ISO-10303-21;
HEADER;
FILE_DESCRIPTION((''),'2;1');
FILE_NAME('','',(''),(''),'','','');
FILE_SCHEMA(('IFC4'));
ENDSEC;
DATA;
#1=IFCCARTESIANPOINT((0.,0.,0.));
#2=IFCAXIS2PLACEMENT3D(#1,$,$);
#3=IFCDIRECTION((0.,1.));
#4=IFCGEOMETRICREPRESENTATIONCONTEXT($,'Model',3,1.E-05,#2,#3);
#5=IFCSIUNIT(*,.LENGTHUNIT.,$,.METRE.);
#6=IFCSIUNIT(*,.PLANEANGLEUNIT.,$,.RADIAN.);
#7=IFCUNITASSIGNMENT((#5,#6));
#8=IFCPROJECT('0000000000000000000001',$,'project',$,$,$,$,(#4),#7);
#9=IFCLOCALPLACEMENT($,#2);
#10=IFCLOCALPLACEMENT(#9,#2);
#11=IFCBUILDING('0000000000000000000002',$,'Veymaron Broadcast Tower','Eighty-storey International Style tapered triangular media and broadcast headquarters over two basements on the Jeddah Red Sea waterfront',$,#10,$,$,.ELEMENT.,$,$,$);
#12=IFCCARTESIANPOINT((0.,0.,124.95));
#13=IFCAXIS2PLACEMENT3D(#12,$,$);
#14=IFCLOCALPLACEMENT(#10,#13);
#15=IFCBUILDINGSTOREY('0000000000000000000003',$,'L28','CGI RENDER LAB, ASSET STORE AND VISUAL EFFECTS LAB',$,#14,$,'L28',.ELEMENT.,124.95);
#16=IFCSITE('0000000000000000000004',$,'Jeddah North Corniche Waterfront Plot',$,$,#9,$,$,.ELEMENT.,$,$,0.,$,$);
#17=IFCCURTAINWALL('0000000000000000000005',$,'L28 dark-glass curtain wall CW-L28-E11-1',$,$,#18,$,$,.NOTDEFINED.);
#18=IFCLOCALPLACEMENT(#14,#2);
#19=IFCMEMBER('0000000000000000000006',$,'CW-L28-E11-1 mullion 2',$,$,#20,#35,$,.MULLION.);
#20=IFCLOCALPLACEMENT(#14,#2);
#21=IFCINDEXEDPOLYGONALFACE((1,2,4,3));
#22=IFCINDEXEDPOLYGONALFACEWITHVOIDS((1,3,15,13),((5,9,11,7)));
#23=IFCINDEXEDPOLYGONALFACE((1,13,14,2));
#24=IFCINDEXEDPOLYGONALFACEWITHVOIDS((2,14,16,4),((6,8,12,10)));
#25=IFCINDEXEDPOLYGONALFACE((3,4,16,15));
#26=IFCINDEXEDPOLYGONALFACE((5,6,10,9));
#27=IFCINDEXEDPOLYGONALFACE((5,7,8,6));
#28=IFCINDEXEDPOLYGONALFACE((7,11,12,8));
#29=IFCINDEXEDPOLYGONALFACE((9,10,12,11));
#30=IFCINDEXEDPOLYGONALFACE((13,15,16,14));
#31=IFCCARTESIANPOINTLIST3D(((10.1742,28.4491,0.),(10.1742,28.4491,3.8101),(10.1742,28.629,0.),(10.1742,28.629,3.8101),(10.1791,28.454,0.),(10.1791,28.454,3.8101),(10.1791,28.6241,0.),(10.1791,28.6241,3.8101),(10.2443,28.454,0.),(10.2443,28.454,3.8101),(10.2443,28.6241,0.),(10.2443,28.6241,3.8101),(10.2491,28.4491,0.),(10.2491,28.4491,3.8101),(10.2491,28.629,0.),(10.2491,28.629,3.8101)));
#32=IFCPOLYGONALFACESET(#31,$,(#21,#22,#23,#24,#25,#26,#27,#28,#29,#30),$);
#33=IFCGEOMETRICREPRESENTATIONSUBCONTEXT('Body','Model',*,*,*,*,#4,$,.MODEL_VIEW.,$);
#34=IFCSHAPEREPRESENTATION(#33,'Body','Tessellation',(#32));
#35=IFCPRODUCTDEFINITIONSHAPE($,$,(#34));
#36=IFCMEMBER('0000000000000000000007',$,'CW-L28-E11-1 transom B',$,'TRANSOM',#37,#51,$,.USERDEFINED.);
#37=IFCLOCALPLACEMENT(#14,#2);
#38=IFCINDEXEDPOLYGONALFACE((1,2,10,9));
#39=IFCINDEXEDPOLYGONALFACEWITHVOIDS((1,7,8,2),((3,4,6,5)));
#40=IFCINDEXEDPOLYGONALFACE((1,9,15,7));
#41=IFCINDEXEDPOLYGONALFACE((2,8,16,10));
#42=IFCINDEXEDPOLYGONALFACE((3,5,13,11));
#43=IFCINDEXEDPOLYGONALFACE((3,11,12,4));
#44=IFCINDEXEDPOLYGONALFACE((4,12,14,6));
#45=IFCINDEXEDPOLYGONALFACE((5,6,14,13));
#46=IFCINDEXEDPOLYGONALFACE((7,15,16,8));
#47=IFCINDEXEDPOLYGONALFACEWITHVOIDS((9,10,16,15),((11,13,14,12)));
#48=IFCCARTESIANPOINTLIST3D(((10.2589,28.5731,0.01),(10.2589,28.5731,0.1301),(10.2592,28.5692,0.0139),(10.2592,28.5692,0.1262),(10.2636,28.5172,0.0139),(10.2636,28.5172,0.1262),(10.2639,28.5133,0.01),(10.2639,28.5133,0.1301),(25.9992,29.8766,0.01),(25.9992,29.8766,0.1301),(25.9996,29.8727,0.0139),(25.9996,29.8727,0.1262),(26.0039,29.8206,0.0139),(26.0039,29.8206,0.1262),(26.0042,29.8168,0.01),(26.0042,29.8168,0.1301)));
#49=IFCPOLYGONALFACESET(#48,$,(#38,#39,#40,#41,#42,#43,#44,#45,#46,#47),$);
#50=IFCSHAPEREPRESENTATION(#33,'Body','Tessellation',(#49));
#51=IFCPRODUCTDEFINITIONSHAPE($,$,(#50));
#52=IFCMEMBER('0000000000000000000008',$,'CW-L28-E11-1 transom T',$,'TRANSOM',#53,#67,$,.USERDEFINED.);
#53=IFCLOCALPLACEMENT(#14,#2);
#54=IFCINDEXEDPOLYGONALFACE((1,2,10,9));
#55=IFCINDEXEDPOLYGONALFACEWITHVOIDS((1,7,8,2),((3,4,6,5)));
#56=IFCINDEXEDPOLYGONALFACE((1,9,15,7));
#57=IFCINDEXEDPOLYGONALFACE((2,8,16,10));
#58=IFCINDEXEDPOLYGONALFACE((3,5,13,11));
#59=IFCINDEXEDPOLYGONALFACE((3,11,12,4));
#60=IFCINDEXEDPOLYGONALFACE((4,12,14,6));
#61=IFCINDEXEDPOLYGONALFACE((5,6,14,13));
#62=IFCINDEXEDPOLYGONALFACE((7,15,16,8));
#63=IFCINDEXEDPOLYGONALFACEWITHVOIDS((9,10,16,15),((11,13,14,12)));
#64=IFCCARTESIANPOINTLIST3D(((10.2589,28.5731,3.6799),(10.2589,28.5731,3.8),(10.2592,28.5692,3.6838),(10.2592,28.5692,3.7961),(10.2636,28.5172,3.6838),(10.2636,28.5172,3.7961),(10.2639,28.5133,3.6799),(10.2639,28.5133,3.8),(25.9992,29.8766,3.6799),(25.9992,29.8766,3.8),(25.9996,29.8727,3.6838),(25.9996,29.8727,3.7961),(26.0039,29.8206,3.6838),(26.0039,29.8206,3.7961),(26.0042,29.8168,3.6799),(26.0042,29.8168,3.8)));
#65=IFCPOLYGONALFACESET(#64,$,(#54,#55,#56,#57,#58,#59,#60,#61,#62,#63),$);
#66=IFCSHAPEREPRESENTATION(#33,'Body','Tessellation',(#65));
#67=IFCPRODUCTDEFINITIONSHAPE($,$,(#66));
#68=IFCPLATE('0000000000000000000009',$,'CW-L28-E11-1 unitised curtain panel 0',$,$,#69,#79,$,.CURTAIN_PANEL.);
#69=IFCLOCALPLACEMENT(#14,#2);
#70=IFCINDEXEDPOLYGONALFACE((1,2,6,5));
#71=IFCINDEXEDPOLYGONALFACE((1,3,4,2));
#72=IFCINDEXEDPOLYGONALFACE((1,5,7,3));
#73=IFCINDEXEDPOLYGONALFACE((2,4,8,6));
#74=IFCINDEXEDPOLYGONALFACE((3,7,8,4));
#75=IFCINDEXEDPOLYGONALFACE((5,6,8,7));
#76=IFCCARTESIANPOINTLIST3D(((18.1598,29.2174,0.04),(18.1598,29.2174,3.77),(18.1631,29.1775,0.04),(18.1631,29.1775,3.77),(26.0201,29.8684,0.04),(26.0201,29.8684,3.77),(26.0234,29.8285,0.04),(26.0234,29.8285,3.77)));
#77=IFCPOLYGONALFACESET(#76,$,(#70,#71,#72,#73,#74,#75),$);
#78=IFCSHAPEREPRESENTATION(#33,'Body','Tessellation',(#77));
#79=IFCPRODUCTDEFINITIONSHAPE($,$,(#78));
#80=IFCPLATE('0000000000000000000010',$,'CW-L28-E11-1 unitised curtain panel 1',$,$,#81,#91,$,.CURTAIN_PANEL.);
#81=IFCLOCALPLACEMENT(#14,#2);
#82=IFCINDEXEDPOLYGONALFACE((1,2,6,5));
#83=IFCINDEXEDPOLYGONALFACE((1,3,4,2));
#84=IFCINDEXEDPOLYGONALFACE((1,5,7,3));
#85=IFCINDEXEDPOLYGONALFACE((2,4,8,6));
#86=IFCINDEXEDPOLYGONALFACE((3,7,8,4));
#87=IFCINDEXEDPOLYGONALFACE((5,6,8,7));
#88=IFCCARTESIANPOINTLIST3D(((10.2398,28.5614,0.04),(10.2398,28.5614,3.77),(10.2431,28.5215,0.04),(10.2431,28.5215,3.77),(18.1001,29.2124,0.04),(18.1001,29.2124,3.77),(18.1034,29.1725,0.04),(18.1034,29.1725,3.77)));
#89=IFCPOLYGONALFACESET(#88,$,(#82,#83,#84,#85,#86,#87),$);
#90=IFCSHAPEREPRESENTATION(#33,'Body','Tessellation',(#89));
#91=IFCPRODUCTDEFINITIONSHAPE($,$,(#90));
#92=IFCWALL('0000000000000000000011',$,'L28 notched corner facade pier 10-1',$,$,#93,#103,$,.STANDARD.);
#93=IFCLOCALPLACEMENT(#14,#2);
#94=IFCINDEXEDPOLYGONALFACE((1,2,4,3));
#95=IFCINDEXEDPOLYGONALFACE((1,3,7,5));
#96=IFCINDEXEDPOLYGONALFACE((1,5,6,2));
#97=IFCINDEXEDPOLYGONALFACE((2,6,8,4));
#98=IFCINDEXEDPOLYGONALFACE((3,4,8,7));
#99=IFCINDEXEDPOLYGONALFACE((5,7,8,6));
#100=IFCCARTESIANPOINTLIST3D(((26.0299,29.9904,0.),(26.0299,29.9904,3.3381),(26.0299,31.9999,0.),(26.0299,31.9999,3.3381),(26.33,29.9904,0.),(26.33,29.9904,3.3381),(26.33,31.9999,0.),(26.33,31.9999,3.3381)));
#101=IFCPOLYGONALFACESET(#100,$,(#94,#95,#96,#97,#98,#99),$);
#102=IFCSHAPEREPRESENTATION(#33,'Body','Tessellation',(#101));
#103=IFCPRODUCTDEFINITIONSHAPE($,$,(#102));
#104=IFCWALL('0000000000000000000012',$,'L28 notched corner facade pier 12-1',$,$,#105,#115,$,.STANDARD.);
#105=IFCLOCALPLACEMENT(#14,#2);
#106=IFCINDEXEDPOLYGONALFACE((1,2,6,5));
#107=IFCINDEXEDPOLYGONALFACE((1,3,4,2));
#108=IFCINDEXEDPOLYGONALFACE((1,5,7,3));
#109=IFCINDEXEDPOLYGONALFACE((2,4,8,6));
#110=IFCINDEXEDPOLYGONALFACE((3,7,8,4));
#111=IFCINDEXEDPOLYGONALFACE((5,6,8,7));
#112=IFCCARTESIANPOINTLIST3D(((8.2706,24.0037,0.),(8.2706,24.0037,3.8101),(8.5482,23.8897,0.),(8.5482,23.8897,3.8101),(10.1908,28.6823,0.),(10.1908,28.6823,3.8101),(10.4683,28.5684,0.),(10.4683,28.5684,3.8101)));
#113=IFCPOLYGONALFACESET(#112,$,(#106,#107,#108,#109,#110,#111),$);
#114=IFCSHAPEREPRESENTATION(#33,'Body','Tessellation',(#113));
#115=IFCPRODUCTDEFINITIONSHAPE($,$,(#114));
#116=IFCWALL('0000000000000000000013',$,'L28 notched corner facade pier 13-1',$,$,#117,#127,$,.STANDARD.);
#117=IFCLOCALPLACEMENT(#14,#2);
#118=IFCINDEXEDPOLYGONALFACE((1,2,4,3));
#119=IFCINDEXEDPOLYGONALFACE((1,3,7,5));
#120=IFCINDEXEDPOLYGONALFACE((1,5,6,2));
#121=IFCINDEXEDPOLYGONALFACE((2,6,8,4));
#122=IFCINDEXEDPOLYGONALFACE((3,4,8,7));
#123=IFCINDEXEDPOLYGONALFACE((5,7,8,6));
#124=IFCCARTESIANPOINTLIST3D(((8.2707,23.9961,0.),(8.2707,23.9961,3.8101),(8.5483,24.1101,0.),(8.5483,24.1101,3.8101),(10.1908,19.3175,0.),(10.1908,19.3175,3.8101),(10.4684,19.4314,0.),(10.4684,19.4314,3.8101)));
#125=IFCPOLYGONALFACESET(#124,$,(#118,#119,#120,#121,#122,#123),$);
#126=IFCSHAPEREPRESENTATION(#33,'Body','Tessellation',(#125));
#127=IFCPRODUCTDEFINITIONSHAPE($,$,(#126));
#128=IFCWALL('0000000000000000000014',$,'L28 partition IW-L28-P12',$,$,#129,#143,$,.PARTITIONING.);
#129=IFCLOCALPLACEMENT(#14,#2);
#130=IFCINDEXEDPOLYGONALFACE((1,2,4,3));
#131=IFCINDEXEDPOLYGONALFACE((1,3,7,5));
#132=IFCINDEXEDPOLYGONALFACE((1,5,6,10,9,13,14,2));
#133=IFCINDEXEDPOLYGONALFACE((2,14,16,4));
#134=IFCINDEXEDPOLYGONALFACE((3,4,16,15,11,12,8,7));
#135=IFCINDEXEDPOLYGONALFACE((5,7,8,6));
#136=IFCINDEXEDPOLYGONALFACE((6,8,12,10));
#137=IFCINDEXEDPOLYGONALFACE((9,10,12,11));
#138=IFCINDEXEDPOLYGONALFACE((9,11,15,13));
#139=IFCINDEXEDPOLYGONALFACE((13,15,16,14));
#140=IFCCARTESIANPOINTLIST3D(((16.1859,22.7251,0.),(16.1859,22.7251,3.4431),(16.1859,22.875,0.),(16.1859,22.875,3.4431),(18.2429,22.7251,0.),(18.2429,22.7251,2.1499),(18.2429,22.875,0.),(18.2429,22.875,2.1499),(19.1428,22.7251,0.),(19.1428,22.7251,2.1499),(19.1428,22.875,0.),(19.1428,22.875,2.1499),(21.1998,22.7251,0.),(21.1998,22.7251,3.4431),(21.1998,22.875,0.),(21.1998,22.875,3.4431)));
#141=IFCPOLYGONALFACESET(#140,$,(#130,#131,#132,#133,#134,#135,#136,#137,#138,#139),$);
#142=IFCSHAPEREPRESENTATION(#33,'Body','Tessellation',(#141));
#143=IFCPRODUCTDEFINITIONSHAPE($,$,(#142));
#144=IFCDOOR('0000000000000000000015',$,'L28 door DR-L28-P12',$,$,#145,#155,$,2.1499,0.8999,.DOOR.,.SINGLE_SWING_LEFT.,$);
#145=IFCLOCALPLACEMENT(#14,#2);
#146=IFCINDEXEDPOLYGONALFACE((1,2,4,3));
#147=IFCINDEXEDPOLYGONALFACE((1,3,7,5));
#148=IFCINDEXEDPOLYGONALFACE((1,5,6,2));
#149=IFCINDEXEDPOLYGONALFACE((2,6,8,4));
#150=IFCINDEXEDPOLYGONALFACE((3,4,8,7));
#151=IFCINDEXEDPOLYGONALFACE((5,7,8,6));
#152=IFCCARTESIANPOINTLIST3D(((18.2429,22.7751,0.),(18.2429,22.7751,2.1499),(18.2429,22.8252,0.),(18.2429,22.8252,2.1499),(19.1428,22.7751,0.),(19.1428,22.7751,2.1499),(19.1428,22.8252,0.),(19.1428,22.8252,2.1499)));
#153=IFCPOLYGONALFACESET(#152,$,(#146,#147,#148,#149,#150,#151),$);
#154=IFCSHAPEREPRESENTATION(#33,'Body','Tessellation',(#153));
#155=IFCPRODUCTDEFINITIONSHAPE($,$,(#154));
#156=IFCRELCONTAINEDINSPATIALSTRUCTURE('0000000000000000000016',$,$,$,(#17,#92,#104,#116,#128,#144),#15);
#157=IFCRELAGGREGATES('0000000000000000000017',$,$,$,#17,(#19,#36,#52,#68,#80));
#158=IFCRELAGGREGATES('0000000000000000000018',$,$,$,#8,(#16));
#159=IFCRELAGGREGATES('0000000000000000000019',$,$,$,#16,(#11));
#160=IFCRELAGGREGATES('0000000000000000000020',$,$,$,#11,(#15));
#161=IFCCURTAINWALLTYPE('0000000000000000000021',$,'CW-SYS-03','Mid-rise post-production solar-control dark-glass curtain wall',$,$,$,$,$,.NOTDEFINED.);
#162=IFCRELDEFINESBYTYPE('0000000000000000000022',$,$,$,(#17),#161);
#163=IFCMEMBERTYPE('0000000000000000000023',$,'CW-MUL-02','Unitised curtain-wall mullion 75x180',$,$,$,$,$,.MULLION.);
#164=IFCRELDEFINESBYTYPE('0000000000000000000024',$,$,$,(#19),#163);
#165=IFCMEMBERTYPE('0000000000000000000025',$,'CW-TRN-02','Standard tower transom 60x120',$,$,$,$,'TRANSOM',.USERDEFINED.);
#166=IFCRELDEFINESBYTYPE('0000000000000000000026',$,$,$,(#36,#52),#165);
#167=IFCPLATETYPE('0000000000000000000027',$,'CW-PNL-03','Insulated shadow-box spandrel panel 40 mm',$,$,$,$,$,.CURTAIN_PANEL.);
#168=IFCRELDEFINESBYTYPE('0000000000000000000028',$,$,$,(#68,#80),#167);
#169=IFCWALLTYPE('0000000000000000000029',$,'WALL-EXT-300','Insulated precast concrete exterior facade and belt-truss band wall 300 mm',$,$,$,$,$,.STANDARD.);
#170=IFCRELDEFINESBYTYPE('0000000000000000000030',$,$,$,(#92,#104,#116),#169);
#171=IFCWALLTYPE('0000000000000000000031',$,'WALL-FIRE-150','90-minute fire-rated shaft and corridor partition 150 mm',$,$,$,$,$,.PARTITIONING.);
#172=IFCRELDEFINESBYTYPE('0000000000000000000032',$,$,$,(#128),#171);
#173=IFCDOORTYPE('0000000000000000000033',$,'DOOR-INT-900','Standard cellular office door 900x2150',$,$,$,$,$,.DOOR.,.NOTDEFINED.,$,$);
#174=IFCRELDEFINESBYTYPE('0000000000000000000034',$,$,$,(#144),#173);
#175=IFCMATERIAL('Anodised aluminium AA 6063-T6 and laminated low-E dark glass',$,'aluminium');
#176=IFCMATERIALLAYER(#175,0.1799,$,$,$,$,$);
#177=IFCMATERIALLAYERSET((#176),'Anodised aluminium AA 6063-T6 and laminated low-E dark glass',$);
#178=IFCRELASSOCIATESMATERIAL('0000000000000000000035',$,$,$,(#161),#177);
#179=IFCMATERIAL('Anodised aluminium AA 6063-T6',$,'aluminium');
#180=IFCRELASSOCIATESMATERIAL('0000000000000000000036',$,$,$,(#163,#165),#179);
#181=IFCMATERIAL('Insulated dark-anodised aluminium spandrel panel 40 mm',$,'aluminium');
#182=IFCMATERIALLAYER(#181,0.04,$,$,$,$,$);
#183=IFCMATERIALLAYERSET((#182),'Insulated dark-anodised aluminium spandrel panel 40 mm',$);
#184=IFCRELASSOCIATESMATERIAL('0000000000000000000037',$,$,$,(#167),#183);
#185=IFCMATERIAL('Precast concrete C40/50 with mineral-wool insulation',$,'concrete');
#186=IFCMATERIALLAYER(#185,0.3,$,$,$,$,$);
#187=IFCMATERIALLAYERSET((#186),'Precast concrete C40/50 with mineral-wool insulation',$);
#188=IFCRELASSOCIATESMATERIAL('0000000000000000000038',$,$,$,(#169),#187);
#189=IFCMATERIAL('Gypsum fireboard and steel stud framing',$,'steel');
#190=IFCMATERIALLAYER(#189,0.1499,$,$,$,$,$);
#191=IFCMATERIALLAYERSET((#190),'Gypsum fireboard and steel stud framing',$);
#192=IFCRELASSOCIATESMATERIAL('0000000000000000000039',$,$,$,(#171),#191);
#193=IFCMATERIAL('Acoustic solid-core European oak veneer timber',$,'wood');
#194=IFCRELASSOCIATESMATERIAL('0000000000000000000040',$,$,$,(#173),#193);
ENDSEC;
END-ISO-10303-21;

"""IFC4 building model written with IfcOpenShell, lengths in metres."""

from ifc_helpers import new_model, si_unit, direction, frame, frame_2d, origin, origin_2d, place, context, subcontext, project, spatial, rectangle, hollow_rectangle, extrude, material, layer, layer_set, material_profile, profile_set, type_object, element, fill, aggregate, save


model = new_model("IFC4")

# Units and contexts
model_context = context("Model", 3, precision=1e-05, world=origin(), true_north=direction((0.0, 1.0)))
body_context = subcontext(model_context, "Body", "Model", "MODEL_VIEW")
ifc_project = project(units=[si_unit("LENGTHUNIT", "METRE"), si_unit("PLANEANGLEUNIT", "RADIAN")], contexts=[model_context])

# Site, building, storey
site_placement = place(None, origin())
site = spatial("IfcSite", under=ifc_project, at=site_placement, Name="Jeddah North Corniche Waterfront Plot", CompositionType="ELEMENT", RefElevation=0.0)
building_placement = place(site_placement, origin())
building = spatial("IfcBuilding", under=site, at=building_placement, Name="Veymaron Broadcast Tower", Description="Eighty-storey International Style tapered triangular media and broadcast headquarters over two basements on the Jeddah Red Sea waterfront", CompositionType="ELEMENT")
storey_placement = place(building_placement, frame((0.0, 0.0, 124.95)))
storey = spatial("IfcBuildingStorey", under=building, at=storey_placement, Name="L28", Description="CGI RENDER LAB, ASSET STORE AND VISUAL EFFECTS LAB", LongName="L28", CompositionType="ELEMENT", Elevation=124.95)

# Curtain wall, members, plates
ifc_material_1 = material(Name="Anodised aluminium AA 6063-T6 and laminated low-E dark glass", Category="aluminium")
ifc_layer_1 = layer(ifc_material_1, 0.1799)
ifc_layer_set_1 = layer_set([ifc_layer_1], Name="Anodised aluminium AA 6063-T6 and laminated low-E dark glass")
curtain_wall_type = type_object("IfcCurtainWallType", Name="CW-SYS-03", Description="Mid-rise post-production solar-control dark-glass curtain wall", PredefinedType="NOTDEFINED", material=ifc_layer_set_1)
curtain_wall_placement = place(storey_placement, origin())
curtain_wall = element("IfcCurtainWall", 1, at=curtain_wall_placement, inside=storey, type_object=curtain_wall_type, Name="L28 dark-glass curtain wall CW-L28-E11-1", PredefinedType="NOTDEFINED")
ifc_material_2 = material(Name="Anodised aluminium AA 6063-T6", Category="aluminium")
ifc_material_profile_1 = material_profile(ifc_material_2, hollow_rectangle(XDim=0.075, YDim=0.1799, WallThickness=0.0049, at=origin_2d()), Name="AL180X75X5")
ifc_profile_set_1 = profile_set([ifc_material_profile_1], Name="Anodised aluminium AA 6063-T6")
member_type_1 = type_object("IfcMemberType", Name="CW-MUL-02", Description="Unitised curtain-wall mullion 75x180", PredefinedType="MULLION", material=ifc_profile_set_1)
member_1_placement = place(storey_placement, frame((10.2117, 28.5391, 0.0), z_axis=(0.0, 0.0, 1.0), x_axis=(1.0, 0.0, 0.0)))
member_1 = element("IfcMember", 2, at=member_1_placement, type_object=member_type_1, Name="CW-L28-E11-1 mullion 2", PredefinedType="MULLION", context=body_context, shape_type="SweptSolid", body=[
    extrude(hollow_rectangle(XDim=0.075, YDim=0.1799, WallThickness=0.0049, at=origin_2d()), origin(), (0.0, 0.0, 1.0), 3.8101),
])
ifc_material_profile_2 = material_profile(ifc_material_2, hollow_rectangle(XDim=0.0601, YDim=0.1201, WallThickness=0.0039, at=origin_2d()), Name="AL120X60X4")
ifc_profile_set_2 = profile_set([ifc_material_profile_2], Name="Anodised aluminium AA 6063-T6")
member_type_2 = type_object("IfcMemberType", Name="CW-TRN-02", Description="Standard tower transom 60x120", ElementType="TRANSOM", PredefinedType="USERDEFINED", material=ifc_profile_set_2)
member_2_placement = place(storey_placement, frame((26.0017, 29.8467, 0.0701), z_axis=(-0.996589, -0.082529, 0.0), x_axis=(0.082529, -0.996589, 0.0)))
member_2 = element("IfcMember", 3, at=member_2_placement, type_object=member_type_2, Name="CW-L28-E11-1 transom B", ObjectType="TRANSOM", PredefinedType="USERDEFINED", context=body_context, shape_type="SweptSolid", body=[
    extrude(hollow_rectangle(XDim=0.0601, YDim=0.1201, WallThickness=0.0039, at=origin_2d()), origin(), (0.0, 0.0, 1.0), 15.7942),
])
member_3_placement = place(storey_placement, frame((26.0017, 29.8467, 3.74), z_axis=(-0.996589, -0.082529, 0.0), x_axis=(0.082529, -0.996589, 0.0)))
member_3 = element("IfcMember", 4, at=member_3_placement, type_object=member_type_2, Name="CW-L28-E11-1 transom T", ObjectType="TRANSOM", PredefinedType="USERDEFINED", context=body_context, shape_type="SweptSolid", body=[
    extrude(hollow_rectangle(XDim=0.0601, YDim=0.1201, WallThickness=0.0039, at=origin_2d()), origin(), (0.0, 0.0, 1.0), 15.7942),
])
ifc_material_3 = material(Name="Insulated dark-anodised aluminium spandrel panel 40 mm", Category="aluminium")
ifc_layer_2 = layer(ifc_material_3, 0.04)
ifc_layer_set_2 = layer_set([ifc_layer_2], Name="Insulated dark-anodised aluminium spandrel panel 40 mm")
plate_type = type_object("IfcPlateType", Name="CW-PNL-03", Description="Insulated shadow-box spandrel panel 40 mm", PredefinedType="CURTAIN_PANEL", material=ifc_layer_set_2)
plate_1_placement = place(storey_placement, frame((22.0916, 29.5229, 0.04), z_axis=(0.0, 0.0, 1.0), x_axis=(-0.996589, -0.08253, 0.0)))
plate_1 = element("IfcPlate", 5, at=plate_1_placement, type_object=plate_type, Name="CW-L28-E11-1 unitised curtain panel 0", PredefinedType="CURTAIN_PANEL", context=body_context, shape_type="SweptSolid", body=[
    extrude(rectangle(XDim=7.8872, YDim=0.04, at=origin_2d()), origin(), (0.0, 0.0, 1.0), 3.73),
])
plate_2_placement = place(storey_placement, frame((14.1716, 28.8669, 0.04), z_axis=(0.0, 0.0, 1.0), x_axis=(-0.996589, -0.08253, 0.0)))
plate_2 = element("IfcPlate", 6, at=plate_2_placement, type_object=plate_type, Name="CW-L28-E11-1 unitised curtain panel 1", PredefinedType="CURTAIN_PANEL", context=body_context, shape_type="SweptSolid", body=[
    extrude(rectangle(XDim=7.8872, YDim=0.04, at=origin_2d()), origin(), (0.0, 0.0, 1.0), 3.73),
])
aggregate(curtain_wall, [member_1, member_2, member_3, plate_1, plate_2])

# Walls
ifc_material_4 = material(Name="Precast concrete C40/50 with mineral-wool insulation", Category="concrete")
ifc_layer_3 = layer(ifc_material_4, 0.3)
ifc_layer_set_3 = layer_set([ifc_layer_3], Name="Precast concrete C40/50 with mineral-wool insulation")
wall_type_1 = type_object("IfcWallType", Name="WALL-EXT-300", Description="Insulated precast concrete exterior facade and belt-truss band wall 300 mm", PredefinedType="STANDARD", material=ifc_layer_set_3)
wall_1_placement = place(storey_placement, frame((26.1799, 32.0, 0.0), z_axis=(0.0, 0.0, 1.0), x_axis=(0.0, -1.0, 0.0)))
element("IfcWall", 7, at=wall_1_placement, inside=storey, type_object=wall_type_1, Name="L28 notched corner facade pier 10-1", PredefinedType="STANDARD", context=body_context, shape_type="SweptSolid", body=[
    extrude(rectangle(XDim=2.0095, YDim=0.3, at=frame_2d((1.0049, 0.0))), origin(), (0.0, 0.0, 1.0), 3.3381),
])
for number, where, z_axis, x_axis, name in (
    (8, (10.3296, 28.6255, 0.0), (0.0, 0.0, 1.0), (-0.379674, -0.92512, 0.0), "L28 notched corner facade pier 12-1"),
    (9, (8.4094, 24.0532, 0.0), (0.0, 0.0, 1.0), (0.379674, -0.92512, 0.0), "L28 notched corner facade pier 13-1"),
):
    element("IfcWall", number, at=place(storey_placement, frame(where, z_axis=z_axis, x_axis=x_axis)), inside=storey, type_object=wall_type_1, Name=name, PredefinedType="STANDARD", context=body_context, shape_type="SweptSolid", body=[
        extrude(rectangle(XDim=5.0574, YDim=0.3, at=frame_2d((2.5288, 0.0))), origin(), (0.0, 0.0, 1.0), 3.8101),
    ])

# Wall, opening, door
ifc_material_5 = material(Name="Gypsum fireboard and steel stud framing", Category="steel")
ifc_layer_4 = layer(ifc_material_5, 0.1499)
ifc_layer_set_4 = layer_set([ifc_layer_4], Name="Gypsum fireboard and steel stud framing")
wall_type_2 = type_object("IfcWallType", Name="WALL-FIRE-150", Description="90-minute fire-rated shaft and corridor partition 150 mm", PredefinedType="PARTITIONING", material=ifc_layer_set_4)
wall_2_placement = place(storey_placement, frame((16.186, 22.8, 0.0), z_axis=(0.0, 0.0, 1.0), x_axis=(1.0, 0.0, 0.0)))
wall_2 = element("IfcWall", 10, at=wall_2_placement, inside=storey, type_object=wall_type_2, Name="L28 partition IW-L28-P12", PredefinedType="PARTITIONING", context=body_context, shape_type="SweptSolid", body=[
    extrude(rectangle(XDim=5.0139, YDim=0.1499, at=frame_2d((2.5068, 0.0))), origin(), (0.0, 0.0, 1.0), 3.4431),
])
opening_1_placement = place(wall_2_placement, frame((2.0569, 0.0, 0.0)))
opening_1 = element("IfcOpeningElement", 11, at=opening_1_placement, cuts=wall_2, PredefinedType="OPENING", context=body_context, shape_type="SweptSolid", body=[
    extrude(rectangle(XDim=0.8999, YDim=2.1499, at=frame_2d((0.45, 1.075))), frame((0.0, 0.085, 0.0), z_axis=(0.0, -1.0, 0.0), x_axis=(1.0, 0.0, 0.0)), (0.0, 0.0, 1.0), 0.1699),
])
ifc_material_6 = material(Name="Acoustic solid-core European oak veneer timber", Category="wood")
door_type = type_object("IfcDoorType", Name="DOOR-INT-900", Description="Standard cellular office door 900x2150", OperationType="NOTDEFINED", PredefinedType="DOOR", material=ifc_material_6)
door_1_placement = place(opening_1_placement, frame((0.8999, 0.0, 0.0), z_axis=(0.0, 0.0, 1.0), x_axis=(-1.0, 0.0, 0.0)))
door_1 = element("IfcDoor", 12, at=door_1_placement, inside=storey, type_object=door_type, Name="L28 door DR-L28-P12", OperationType="SINGLE_SWING_LEFT", OverallHeight=2.1499, OverallWidth=0.8999, PredefinedType="DOOR", context=body_context, shape_type="SweptSolid", body=[
    extrude(rectangle(XDim=0.8999, YDim=2.1499, at=frame_2d((0.45, 1.075))), frame((0.0, 0.0249, 0.0), z_axis=(0.0, -1.0, 0.0), x_axis=(1.0, 0.0, 0.0)), (0.0, 0.0, 1.0), 0.05),
])
fill(opening_1, door_1)

save(model, "model.ifc")
